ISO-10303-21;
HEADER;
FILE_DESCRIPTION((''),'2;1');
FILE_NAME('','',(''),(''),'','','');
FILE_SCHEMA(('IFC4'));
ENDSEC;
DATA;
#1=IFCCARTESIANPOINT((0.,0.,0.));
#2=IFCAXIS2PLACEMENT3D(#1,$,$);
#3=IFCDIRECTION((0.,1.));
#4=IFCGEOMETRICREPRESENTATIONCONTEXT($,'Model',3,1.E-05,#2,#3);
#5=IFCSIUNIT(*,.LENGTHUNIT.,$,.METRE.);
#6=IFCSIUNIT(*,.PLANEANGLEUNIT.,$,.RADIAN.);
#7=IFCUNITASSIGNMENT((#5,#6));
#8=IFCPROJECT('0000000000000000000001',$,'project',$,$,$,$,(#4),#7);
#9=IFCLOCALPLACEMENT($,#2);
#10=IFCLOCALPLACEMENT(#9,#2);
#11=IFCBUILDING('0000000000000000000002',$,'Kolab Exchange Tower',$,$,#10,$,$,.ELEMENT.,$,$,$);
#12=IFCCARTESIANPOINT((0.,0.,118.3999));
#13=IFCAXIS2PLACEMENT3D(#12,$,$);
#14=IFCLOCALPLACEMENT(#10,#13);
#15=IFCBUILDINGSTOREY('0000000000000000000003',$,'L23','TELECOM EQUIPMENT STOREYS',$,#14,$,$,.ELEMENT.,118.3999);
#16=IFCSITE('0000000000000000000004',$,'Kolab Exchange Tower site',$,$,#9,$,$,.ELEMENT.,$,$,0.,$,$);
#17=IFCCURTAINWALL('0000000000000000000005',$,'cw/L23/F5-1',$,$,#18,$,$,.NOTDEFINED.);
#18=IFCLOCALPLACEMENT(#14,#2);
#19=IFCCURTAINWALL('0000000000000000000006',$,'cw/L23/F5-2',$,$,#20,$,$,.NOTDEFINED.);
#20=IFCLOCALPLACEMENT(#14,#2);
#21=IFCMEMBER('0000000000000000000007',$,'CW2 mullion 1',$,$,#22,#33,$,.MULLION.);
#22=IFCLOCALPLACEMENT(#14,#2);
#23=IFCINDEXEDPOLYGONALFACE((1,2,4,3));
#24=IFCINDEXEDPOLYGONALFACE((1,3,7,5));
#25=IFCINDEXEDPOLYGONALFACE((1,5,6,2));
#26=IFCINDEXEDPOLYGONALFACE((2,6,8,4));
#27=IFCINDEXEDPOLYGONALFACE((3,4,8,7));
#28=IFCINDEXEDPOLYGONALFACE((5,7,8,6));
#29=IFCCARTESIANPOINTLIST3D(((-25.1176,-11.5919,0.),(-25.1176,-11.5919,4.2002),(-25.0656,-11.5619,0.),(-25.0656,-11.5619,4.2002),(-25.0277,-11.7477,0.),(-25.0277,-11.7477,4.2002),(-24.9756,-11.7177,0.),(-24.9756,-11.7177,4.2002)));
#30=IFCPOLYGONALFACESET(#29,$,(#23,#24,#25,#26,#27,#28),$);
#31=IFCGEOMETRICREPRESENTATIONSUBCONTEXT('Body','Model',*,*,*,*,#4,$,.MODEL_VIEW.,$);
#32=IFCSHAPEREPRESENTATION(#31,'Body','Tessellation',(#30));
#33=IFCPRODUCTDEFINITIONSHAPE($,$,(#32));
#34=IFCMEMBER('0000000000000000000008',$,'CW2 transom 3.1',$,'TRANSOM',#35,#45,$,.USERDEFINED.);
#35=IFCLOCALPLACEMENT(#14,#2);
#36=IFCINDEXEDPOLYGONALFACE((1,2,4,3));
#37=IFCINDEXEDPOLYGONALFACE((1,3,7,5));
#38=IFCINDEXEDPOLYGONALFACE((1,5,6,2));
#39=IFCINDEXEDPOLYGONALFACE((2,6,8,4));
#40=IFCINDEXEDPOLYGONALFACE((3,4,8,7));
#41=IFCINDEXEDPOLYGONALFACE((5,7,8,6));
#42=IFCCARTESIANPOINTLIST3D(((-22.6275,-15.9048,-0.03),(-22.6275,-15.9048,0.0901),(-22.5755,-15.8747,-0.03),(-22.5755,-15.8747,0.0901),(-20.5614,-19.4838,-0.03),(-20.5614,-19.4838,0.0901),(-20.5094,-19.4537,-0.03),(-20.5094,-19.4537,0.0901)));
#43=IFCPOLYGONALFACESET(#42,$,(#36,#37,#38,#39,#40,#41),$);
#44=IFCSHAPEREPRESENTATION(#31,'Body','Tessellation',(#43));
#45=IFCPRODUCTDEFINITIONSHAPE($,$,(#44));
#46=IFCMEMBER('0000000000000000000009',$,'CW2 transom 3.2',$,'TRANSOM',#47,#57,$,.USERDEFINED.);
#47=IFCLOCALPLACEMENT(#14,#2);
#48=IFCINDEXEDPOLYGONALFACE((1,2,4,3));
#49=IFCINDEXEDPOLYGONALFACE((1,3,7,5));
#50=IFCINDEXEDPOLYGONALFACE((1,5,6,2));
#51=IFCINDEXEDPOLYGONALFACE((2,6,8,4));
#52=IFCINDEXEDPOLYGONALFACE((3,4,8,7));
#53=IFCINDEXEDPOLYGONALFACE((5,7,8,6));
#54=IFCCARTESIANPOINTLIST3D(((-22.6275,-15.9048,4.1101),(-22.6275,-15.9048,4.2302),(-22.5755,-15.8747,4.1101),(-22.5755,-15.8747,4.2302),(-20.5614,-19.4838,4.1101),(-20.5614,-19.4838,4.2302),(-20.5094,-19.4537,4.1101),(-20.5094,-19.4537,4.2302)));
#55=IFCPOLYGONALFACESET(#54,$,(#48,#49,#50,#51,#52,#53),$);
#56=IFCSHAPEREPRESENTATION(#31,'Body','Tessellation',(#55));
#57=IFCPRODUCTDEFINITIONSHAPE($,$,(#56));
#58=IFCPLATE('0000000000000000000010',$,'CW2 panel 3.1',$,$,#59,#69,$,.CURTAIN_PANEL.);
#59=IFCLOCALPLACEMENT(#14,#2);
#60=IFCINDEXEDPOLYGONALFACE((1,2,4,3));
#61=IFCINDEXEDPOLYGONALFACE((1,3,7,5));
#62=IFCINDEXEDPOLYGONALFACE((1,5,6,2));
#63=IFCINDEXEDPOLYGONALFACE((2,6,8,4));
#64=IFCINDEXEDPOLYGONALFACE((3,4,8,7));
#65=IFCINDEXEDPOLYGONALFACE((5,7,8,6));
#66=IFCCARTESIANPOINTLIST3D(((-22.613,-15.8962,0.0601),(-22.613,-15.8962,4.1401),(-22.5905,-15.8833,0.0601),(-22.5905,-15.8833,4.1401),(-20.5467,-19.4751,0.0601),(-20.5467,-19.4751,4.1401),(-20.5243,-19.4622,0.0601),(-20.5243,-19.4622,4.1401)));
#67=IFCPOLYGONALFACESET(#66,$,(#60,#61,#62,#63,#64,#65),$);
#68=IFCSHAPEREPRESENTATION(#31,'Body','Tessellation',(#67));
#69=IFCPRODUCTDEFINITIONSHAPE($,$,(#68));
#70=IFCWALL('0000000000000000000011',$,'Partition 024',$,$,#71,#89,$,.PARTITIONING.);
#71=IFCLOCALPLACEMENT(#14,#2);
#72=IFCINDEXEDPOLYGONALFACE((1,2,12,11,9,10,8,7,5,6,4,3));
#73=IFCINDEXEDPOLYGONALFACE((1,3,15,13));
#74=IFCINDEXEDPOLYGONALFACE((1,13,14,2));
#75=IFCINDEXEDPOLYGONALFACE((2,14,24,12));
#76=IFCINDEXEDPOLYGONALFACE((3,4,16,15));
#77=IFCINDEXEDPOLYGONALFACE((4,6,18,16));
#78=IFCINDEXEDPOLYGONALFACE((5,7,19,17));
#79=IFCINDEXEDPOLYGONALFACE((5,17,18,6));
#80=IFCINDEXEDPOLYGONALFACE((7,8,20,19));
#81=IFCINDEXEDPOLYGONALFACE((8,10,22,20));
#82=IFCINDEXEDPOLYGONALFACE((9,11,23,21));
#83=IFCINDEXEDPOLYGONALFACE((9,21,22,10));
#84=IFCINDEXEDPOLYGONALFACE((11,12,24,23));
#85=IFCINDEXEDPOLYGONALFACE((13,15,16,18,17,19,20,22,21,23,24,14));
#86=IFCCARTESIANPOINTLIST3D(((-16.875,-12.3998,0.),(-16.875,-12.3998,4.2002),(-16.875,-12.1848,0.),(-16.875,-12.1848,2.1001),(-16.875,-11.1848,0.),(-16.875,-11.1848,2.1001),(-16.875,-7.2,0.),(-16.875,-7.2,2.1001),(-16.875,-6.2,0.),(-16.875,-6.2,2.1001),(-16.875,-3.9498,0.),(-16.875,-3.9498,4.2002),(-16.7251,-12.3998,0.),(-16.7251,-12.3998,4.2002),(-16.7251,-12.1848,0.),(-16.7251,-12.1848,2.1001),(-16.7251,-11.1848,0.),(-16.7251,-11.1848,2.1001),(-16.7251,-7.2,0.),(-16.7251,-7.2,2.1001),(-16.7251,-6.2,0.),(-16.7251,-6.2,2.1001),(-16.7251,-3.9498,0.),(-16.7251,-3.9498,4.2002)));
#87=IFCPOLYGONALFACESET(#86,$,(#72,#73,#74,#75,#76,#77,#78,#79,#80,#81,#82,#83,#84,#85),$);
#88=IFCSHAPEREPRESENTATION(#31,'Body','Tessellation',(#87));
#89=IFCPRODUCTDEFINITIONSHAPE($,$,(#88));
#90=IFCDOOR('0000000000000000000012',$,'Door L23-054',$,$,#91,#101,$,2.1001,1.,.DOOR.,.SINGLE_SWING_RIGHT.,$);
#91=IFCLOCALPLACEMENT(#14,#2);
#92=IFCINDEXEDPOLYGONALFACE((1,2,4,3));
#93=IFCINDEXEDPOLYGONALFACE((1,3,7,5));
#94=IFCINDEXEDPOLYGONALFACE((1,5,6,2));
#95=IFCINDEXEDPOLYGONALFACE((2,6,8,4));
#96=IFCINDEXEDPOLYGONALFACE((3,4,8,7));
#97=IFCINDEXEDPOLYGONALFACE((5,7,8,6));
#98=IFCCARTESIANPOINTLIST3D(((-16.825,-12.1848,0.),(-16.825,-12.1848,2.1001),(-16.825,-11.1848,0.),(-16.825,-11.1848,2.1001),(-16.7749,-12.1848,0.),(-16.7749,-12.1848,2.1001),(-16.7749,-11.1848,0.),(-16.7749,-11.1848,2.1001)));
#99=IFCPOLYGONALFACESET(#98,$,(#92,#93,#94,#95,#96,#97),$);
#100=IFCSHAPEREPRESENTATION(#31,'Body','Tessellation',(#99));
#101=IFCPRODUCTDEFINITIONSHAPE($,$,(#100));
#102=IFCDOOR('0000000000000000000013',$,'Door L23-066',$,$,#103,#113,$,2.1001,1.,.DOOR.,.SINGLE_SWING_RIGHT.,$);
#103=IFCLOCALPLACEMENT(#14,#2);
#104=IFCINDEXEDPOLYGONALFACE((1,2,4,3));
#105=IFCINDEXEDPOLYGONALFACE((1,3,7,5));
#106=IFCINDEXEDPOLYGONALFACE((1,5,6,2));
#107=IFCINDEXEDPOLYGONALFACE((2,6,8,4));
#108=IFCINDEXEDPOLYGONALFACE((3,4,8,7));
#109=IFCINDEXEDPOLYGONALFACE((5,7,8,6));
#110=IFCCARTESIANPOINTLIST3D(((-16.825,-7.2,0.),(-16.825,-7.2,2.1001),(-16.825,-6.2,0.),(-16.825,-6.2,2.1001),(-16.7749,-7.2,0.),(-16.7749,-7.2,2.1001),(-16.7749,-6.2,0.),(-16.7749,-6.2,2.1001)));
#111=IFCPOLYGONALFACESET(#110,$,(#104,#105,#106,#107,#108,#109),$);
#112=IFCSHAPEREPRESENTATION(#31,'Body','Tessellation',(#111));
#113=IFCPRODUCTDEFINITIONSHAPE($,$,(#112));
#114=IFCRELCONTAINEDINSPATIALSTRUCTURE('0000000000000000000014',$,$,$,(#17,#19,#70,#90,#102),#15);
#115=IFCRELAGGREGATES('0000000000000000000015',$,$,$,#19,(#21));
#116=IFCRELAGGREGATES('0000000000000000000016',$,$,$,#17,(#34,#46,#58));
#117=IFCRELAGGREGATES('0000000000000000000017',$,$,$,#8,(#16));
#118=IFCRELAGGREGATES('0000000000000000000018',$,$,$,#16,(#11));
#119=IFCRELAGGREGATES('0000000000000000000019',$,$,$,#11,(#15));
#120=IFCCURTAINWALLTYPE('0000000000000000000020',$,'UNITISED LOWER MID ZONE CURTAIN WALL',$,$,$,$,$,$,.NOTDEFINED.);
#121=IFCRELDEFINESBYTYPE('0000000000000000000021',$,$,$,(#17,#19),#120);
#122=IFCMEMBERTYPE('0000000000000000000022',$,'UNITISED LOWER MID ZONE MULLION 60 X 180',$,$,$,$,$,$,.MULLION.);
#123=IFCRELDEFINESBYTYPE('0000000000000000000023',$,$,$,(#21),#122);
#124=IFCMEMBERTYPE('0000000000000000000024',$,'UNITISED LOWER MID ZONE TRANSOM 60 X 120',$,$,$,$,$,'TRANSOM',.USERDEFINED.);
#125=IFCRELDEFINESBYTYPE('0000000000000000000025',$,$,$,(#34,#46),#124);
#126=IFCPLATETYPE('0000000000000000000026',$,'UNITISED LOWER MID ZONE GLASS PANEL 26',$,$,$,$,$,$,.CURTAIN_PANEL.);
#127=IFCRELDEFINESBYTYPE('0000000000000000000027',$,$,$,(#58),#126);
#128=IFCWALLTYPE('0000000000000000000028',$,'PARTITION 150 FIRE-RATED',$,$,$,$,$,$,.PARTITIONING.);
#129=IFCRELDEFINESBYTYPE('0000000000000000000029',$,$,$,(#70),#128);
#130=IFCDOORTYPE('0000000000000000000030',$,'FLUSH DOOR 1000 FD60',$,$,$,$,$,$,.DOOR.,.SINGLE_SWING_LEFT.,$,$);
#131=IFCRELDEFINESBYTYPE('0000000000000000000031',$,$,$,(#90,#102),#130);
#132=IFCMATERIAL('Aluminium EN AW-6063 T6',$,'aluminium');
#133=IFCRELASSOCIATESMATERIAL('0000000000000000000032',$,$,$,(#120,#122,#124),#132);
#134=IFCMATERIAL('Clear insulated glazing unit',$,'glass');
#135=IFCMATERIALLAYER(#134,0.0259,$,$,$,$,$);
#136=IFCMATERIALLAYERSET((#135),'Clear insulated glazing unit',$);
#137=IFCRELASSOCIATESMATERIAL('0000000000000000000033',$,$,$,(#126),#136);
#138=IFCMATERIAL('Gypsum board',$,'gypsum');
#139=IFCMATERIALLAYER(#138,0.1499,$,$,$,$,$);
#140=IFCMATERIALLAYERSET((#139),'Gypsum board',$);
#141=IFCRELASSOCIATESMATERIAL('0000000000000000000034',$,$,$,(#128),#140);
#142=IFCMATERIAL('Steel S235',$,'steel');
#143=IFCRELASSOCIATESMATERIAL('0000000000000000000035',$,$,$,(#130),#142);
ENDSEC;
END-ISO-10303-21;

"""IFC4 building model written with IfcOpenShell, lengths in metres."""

from ifc_helpers import new_model, si_unit, direction, frame, frame_2d, origin, origin_2d, place, context, subcontext, project, spatial, rectangle, extrude, material, layer, layer_set, material_profile, profile_set, type_object, element, fill, aggregate, save


model = new_model("IFC4")

# Units and contexts
model_context = context("Model", 3, precision=1e-05, world=origin(), true_north=direction((0.0, 1.0)))
body_context = subcontext(model_context, "Body", "Model", "MODEL_VIEW")
ifc_project = project(units=[si_unit("LENGTHUNIT", "METRE"), si_unit("PLANEANGLEUNIT", "RADIAN")], contexts=[model_context])

# Site, building, storey
site_placement = place(None, origin())
site = spatial("IfcSite", under=ifc_project, at=site_placement, Name="Kolab Exchange Tower site", CompositionType="ELEMENT", RefElevation=0.0)
building_placement = place(site_placement, origin())
building = spatial("IfcBuilding", under=site, at=building_placement, Name="Kolab Exchange Tower", CompositionType="ELEMENT")
storey_placement = place(building_placement, frame((0.0, 0.0, 118.3999)))
storey = spatial("IfcBuildingStorey", under=building, at=storey_placement, Name="L23", Description="TELECOM EQUIPMENT STOREYS", CompositionType="ELEMENT", Elevation=118.3999)

# Curtain wall
ifc_material_1 = material(Name="Aluminium EN AW-6063 T6", Category="aluminium")
curtain_wall_type = type_object("IfcCurtainWallType", Name="UNITISED LOWER MID ZONE CURTAIN WALL", PredefinedType="NOTDEFINED", material=ifc_material_1)
curtain_wall_1_placement = place(storey_placement, origin())
curtain_wall_1 = element("IfcCurtainWall", 1, at=curtain_wall_1_placement, inside=storey, type_object=curtain_wall_type, Name="cw/L23/F5-1", PredefinedType="NOTDEFINED")
ifc_material_profile_1 = material_profile(ifc_material_1, rectangle(XDim=0.0601, YDim=0.1799, at=origin_2d()), Name="RECT 60X180")
ifc_profile_set_1 = profile_set([ifc_material_profile_1], Name="Aluminium EN AW-6063 T6")
member_type_1 = type_object("IfcMemberType", Name="UNITISED LOWER MID ZONE MULLION 60 X 180", PredefinedType="MULLION", material=ifc_profile_set_1)

# Curtain wall, member
curtain_wall_2_placement = place(storey_placement, origin())
curtain_wall_2 = element("IfcCurtainWall", 2, at=curtain_wall_2_placement, inside=storey, type_object=curtain_wall_type, Name="cw/L23/F5-2", PredefinedType="NOTDEFINED")
member_1_placement = place(storey_placement, frame((-25.0466, -11.6548, 0.0), z_axis=(0.0, 0.0, 1.0), x_axis=(-0.866025, -0.5, 0.0)))
member_1 = element("IfcMember", 3, at=member_1_placement, type_object=member_type_1, Name="CW2 mullion 1", PredefinedType="MULLION", context=body_context, shape_type="SweptSolid", body=[
    extrude(rectangle(XDim=0.0601, YDim=0.1799, at=origin_2d()), origin(), (0.0, 0.0, 1.0), 4.2002),
])
aggregate(curtain_wall_2, [member_1])

# Members
ifc_material_profile_2 = material_profile(ifc_material_1, rectangle(XDim=0.0601, YDim=0.1201, at=origin_2d()), Name="RECT 60X120")
ifc_profile_set_2 = profile_set([ifc_material_profile_2], Name="Aluminium EN AW-6063 T6")
member_type_2 = type_object("IfcMemberType", Name="UNITISED LOWER MID ZONE TRANSOM 60 X 120", ElementType="TRANSOM", PredefinedType="USERDEFINED", material=ifc_profile_set_2)
member_2_placement = place(storey_placement, frame((-20.5354, -19.4688, 0.03), z_axis=(-0.499958, 0.86605, 0.0), x_axis=(-0.86605, -0.499958, 0.0)))
member_2 = element("IfcMember", 4, at=member_2_placement, type_object=member_type_2, Name="CW2 transom 3.1", ObjectType="TRANSOM", PredefinedType="USERDEFINED", context=body_context, shape_type="SweptSolid", body=[
    extrude(rectangle(XDim=0.0601, YDim=0.1201, at=origin_2d()), origin(), (0.0, 0.0, 1.0), 4.1326),
])
member_3_placement = place(storey_placement, frame((-20.5354, -19.4688, 4.1702), z_axis=(-0.499958, 0.86605, 0.0), x_axis=(-0.86605, -0.499958, 0.0)))
member_3 = element("IfcMember", 5, at=member_3_placement, type_object=member_type_2, Name="CW2 transom 3.2", ObjectType="TRANSOM", PredefinedType="USERDEFINED", context=body_context, shape_type="SweptSolid", body=[
    extrude(rectangle(XDim=0.0601, YDim=0.1201, at=origin_2d()), origin(), (0.0, 0.0, 1.0), 4.1326),
])

# Plate
ifc_material_2 = material(Name="Clear insulated glazing unit", Category="glass")
ifc_layer_1 = layer(ifc_material_2, 0.0259)
ifc_layer_set_1 = layer_set([ifc_layer_1], Name="Clear insulated glazing unit")
plate_type = type_object("IfcPlateType", Name="UNITISED LOWER MID ZONE GLASS PANEL 26", PredefinedType="CURTAIN_PANEL", material=ifc_layer_set_1)
plate_placement = place(storey_placement, frame((-21.5686, -17.6792, 0.0601), z_axis=(0.0, 0.0, 1.0), x_axis=(-0.5, 0.866025, 0.0)))
plate = element("IfcPlate", 6, at=plate_placement, type_object=plate_type, Name="CW2 panel 3.1", PredefinedType="CURTAIN_PANEL", context=body_context, shape_type="SweptSolid", body=[
    extrude(rectangle(XDim=4.1326, YDim=0.0259, at=origin_2d()), origin(), (0.0, 0.0, 1.0), 4.0801),
])
aggregate(curtain_wall_1, [member_2, member_3, plate])

# Wall, openings, doors
ifc_material_3 = material(Name="Gypsum board", Category="gypsum")
ifc_layer_2 = layer(ifc_material_3, 0.1499)
ifc_layer_set_2 = layer_set([ifc_layer_2], Name="Gypsum board")
wall_type_1 = type_object("IfcWallType", Name="PARTITION 150 FIRE-RATED", PredefinedType="PARTITIONING", material=ifc_layer_set_2)
wall_1_placement = place(storey_placement, frame((-16.8, -12.3999, 0.0), z_axis=(0.0, 0.0, 1.0), x_axis=(0.0, 1.0, 0.0)))
wall_1 = element("IfcWall", 7, at=wall_1_placement, inside=storey, type_object=wall_type_1, Name="Partition 024", PredefinedType="PARTITIONING", context=body_context, shape_type="SweptSolid", body=[
    extrude(rectangle(XDim=8.45, YDim=0.1499, at=frame_2d((4.2251, 0.0))), origin(), (0.0, 0.0, 1.0), 4.2002),
])
opening_1_placement = place(wall_1_placement, frame((0.2151, 0.0, 0.0)))
opening_1 = element("IfcOpeningElement", 8, at=opening_1_placement, cuts=wall_1, PredefinedType="OPENING", context=body_context, shape_type="SweptSolid", body=[
    extrude(rectangle(XDim=1.0, YDim=2.1001, at=frame_2d((0.5, 1.05))), frame((0.0, 0.085, 0.0), z_axis=(0.0, -1.0, 0.0), x_axis=(1.0, 0.0, 0.0)), (0.0, 0.0, 1.0), 0.1699),
])
opening_2_placement = place(wall_1_placement, frame((5.2, 0.0, 0.0)))
opening_2 = element("IfcOpeningElement", 9, at=opening_2_placement, cuts=wall_1, PredefinedType="OPENING", context=body_context, shape_type="SweptSolid", body=[
    extrude(rectangle(XDim=1.0, YDim=2.1001, at=frame_2d((0.5, 1.05))), frame((0.0, 0.085, 0.0), z_axis=(0.0, -1.0, 0.0), x_axis=(1.0, 0.0, 0.0)), (0.0, 0.0, 1.0), 0.1699),
])
ifc_material_4 = material(Name="Steel S235", Category="steel")
door_type_1 = type_object("IfcDoorType", Name="FLUSH DOOR 1000 FD60", OperationType="SINGLE_SWING_LEFT", PredefinedType="DOOR", material=ifc_material_4)
door_1_placement = place(opening_1_placement, origin())
door_1 = element("IfcDoor", 10, at=door_1_placement, inside=storey, type_object=door_type_1, Name="Door L23-054", OperationType="SINGLE_SWING_RIGHT", OverallHeight=2.1001, OverallWidth=1.0, PredefinedType="DOOR", context=body_context, shape_type="SweptSolid", body=[
    extrude(rectangle(XDim=1.0, YDim=2.1001, at=frame_2d((0.5, 1.05))), frame((0.0, 0.0249, 0.0), z_axis=(0.0, -1.0, 0.0), x_axis=(1.0, 0.0, 0.0)), (0.0, 0.0, 1.0), 0.05),
])
fill(opening_1, door_1)
door_2_placement = place(opening_2_placement, origin())
door_2 = element("IfcDoor", 11, at=door_2_placement, inside=storey, type_object=door_type_1, Name="Door L23-066", OperationType="SINGLE_SWING_RIGHT", OverallHeight=2.1001, OverallWidth=1.0, PredefinedType="DOOR", context=body_context, shape_type="SweptSolid", body=[
    extrude(rectangle(XDim=1.0, YDim=2.1001, at=frame_2d((0.5, 1.05))), frame((0.0, 0.0249, 0.0), z_axis=(0.0, -1.0, 0.0), x_axis=(1.0, 0.0, 0.0)), (0.0, 0.0, 1.0), 0.05),
])
fill(opening_2, door_2)

save(model, "model.ifc")
